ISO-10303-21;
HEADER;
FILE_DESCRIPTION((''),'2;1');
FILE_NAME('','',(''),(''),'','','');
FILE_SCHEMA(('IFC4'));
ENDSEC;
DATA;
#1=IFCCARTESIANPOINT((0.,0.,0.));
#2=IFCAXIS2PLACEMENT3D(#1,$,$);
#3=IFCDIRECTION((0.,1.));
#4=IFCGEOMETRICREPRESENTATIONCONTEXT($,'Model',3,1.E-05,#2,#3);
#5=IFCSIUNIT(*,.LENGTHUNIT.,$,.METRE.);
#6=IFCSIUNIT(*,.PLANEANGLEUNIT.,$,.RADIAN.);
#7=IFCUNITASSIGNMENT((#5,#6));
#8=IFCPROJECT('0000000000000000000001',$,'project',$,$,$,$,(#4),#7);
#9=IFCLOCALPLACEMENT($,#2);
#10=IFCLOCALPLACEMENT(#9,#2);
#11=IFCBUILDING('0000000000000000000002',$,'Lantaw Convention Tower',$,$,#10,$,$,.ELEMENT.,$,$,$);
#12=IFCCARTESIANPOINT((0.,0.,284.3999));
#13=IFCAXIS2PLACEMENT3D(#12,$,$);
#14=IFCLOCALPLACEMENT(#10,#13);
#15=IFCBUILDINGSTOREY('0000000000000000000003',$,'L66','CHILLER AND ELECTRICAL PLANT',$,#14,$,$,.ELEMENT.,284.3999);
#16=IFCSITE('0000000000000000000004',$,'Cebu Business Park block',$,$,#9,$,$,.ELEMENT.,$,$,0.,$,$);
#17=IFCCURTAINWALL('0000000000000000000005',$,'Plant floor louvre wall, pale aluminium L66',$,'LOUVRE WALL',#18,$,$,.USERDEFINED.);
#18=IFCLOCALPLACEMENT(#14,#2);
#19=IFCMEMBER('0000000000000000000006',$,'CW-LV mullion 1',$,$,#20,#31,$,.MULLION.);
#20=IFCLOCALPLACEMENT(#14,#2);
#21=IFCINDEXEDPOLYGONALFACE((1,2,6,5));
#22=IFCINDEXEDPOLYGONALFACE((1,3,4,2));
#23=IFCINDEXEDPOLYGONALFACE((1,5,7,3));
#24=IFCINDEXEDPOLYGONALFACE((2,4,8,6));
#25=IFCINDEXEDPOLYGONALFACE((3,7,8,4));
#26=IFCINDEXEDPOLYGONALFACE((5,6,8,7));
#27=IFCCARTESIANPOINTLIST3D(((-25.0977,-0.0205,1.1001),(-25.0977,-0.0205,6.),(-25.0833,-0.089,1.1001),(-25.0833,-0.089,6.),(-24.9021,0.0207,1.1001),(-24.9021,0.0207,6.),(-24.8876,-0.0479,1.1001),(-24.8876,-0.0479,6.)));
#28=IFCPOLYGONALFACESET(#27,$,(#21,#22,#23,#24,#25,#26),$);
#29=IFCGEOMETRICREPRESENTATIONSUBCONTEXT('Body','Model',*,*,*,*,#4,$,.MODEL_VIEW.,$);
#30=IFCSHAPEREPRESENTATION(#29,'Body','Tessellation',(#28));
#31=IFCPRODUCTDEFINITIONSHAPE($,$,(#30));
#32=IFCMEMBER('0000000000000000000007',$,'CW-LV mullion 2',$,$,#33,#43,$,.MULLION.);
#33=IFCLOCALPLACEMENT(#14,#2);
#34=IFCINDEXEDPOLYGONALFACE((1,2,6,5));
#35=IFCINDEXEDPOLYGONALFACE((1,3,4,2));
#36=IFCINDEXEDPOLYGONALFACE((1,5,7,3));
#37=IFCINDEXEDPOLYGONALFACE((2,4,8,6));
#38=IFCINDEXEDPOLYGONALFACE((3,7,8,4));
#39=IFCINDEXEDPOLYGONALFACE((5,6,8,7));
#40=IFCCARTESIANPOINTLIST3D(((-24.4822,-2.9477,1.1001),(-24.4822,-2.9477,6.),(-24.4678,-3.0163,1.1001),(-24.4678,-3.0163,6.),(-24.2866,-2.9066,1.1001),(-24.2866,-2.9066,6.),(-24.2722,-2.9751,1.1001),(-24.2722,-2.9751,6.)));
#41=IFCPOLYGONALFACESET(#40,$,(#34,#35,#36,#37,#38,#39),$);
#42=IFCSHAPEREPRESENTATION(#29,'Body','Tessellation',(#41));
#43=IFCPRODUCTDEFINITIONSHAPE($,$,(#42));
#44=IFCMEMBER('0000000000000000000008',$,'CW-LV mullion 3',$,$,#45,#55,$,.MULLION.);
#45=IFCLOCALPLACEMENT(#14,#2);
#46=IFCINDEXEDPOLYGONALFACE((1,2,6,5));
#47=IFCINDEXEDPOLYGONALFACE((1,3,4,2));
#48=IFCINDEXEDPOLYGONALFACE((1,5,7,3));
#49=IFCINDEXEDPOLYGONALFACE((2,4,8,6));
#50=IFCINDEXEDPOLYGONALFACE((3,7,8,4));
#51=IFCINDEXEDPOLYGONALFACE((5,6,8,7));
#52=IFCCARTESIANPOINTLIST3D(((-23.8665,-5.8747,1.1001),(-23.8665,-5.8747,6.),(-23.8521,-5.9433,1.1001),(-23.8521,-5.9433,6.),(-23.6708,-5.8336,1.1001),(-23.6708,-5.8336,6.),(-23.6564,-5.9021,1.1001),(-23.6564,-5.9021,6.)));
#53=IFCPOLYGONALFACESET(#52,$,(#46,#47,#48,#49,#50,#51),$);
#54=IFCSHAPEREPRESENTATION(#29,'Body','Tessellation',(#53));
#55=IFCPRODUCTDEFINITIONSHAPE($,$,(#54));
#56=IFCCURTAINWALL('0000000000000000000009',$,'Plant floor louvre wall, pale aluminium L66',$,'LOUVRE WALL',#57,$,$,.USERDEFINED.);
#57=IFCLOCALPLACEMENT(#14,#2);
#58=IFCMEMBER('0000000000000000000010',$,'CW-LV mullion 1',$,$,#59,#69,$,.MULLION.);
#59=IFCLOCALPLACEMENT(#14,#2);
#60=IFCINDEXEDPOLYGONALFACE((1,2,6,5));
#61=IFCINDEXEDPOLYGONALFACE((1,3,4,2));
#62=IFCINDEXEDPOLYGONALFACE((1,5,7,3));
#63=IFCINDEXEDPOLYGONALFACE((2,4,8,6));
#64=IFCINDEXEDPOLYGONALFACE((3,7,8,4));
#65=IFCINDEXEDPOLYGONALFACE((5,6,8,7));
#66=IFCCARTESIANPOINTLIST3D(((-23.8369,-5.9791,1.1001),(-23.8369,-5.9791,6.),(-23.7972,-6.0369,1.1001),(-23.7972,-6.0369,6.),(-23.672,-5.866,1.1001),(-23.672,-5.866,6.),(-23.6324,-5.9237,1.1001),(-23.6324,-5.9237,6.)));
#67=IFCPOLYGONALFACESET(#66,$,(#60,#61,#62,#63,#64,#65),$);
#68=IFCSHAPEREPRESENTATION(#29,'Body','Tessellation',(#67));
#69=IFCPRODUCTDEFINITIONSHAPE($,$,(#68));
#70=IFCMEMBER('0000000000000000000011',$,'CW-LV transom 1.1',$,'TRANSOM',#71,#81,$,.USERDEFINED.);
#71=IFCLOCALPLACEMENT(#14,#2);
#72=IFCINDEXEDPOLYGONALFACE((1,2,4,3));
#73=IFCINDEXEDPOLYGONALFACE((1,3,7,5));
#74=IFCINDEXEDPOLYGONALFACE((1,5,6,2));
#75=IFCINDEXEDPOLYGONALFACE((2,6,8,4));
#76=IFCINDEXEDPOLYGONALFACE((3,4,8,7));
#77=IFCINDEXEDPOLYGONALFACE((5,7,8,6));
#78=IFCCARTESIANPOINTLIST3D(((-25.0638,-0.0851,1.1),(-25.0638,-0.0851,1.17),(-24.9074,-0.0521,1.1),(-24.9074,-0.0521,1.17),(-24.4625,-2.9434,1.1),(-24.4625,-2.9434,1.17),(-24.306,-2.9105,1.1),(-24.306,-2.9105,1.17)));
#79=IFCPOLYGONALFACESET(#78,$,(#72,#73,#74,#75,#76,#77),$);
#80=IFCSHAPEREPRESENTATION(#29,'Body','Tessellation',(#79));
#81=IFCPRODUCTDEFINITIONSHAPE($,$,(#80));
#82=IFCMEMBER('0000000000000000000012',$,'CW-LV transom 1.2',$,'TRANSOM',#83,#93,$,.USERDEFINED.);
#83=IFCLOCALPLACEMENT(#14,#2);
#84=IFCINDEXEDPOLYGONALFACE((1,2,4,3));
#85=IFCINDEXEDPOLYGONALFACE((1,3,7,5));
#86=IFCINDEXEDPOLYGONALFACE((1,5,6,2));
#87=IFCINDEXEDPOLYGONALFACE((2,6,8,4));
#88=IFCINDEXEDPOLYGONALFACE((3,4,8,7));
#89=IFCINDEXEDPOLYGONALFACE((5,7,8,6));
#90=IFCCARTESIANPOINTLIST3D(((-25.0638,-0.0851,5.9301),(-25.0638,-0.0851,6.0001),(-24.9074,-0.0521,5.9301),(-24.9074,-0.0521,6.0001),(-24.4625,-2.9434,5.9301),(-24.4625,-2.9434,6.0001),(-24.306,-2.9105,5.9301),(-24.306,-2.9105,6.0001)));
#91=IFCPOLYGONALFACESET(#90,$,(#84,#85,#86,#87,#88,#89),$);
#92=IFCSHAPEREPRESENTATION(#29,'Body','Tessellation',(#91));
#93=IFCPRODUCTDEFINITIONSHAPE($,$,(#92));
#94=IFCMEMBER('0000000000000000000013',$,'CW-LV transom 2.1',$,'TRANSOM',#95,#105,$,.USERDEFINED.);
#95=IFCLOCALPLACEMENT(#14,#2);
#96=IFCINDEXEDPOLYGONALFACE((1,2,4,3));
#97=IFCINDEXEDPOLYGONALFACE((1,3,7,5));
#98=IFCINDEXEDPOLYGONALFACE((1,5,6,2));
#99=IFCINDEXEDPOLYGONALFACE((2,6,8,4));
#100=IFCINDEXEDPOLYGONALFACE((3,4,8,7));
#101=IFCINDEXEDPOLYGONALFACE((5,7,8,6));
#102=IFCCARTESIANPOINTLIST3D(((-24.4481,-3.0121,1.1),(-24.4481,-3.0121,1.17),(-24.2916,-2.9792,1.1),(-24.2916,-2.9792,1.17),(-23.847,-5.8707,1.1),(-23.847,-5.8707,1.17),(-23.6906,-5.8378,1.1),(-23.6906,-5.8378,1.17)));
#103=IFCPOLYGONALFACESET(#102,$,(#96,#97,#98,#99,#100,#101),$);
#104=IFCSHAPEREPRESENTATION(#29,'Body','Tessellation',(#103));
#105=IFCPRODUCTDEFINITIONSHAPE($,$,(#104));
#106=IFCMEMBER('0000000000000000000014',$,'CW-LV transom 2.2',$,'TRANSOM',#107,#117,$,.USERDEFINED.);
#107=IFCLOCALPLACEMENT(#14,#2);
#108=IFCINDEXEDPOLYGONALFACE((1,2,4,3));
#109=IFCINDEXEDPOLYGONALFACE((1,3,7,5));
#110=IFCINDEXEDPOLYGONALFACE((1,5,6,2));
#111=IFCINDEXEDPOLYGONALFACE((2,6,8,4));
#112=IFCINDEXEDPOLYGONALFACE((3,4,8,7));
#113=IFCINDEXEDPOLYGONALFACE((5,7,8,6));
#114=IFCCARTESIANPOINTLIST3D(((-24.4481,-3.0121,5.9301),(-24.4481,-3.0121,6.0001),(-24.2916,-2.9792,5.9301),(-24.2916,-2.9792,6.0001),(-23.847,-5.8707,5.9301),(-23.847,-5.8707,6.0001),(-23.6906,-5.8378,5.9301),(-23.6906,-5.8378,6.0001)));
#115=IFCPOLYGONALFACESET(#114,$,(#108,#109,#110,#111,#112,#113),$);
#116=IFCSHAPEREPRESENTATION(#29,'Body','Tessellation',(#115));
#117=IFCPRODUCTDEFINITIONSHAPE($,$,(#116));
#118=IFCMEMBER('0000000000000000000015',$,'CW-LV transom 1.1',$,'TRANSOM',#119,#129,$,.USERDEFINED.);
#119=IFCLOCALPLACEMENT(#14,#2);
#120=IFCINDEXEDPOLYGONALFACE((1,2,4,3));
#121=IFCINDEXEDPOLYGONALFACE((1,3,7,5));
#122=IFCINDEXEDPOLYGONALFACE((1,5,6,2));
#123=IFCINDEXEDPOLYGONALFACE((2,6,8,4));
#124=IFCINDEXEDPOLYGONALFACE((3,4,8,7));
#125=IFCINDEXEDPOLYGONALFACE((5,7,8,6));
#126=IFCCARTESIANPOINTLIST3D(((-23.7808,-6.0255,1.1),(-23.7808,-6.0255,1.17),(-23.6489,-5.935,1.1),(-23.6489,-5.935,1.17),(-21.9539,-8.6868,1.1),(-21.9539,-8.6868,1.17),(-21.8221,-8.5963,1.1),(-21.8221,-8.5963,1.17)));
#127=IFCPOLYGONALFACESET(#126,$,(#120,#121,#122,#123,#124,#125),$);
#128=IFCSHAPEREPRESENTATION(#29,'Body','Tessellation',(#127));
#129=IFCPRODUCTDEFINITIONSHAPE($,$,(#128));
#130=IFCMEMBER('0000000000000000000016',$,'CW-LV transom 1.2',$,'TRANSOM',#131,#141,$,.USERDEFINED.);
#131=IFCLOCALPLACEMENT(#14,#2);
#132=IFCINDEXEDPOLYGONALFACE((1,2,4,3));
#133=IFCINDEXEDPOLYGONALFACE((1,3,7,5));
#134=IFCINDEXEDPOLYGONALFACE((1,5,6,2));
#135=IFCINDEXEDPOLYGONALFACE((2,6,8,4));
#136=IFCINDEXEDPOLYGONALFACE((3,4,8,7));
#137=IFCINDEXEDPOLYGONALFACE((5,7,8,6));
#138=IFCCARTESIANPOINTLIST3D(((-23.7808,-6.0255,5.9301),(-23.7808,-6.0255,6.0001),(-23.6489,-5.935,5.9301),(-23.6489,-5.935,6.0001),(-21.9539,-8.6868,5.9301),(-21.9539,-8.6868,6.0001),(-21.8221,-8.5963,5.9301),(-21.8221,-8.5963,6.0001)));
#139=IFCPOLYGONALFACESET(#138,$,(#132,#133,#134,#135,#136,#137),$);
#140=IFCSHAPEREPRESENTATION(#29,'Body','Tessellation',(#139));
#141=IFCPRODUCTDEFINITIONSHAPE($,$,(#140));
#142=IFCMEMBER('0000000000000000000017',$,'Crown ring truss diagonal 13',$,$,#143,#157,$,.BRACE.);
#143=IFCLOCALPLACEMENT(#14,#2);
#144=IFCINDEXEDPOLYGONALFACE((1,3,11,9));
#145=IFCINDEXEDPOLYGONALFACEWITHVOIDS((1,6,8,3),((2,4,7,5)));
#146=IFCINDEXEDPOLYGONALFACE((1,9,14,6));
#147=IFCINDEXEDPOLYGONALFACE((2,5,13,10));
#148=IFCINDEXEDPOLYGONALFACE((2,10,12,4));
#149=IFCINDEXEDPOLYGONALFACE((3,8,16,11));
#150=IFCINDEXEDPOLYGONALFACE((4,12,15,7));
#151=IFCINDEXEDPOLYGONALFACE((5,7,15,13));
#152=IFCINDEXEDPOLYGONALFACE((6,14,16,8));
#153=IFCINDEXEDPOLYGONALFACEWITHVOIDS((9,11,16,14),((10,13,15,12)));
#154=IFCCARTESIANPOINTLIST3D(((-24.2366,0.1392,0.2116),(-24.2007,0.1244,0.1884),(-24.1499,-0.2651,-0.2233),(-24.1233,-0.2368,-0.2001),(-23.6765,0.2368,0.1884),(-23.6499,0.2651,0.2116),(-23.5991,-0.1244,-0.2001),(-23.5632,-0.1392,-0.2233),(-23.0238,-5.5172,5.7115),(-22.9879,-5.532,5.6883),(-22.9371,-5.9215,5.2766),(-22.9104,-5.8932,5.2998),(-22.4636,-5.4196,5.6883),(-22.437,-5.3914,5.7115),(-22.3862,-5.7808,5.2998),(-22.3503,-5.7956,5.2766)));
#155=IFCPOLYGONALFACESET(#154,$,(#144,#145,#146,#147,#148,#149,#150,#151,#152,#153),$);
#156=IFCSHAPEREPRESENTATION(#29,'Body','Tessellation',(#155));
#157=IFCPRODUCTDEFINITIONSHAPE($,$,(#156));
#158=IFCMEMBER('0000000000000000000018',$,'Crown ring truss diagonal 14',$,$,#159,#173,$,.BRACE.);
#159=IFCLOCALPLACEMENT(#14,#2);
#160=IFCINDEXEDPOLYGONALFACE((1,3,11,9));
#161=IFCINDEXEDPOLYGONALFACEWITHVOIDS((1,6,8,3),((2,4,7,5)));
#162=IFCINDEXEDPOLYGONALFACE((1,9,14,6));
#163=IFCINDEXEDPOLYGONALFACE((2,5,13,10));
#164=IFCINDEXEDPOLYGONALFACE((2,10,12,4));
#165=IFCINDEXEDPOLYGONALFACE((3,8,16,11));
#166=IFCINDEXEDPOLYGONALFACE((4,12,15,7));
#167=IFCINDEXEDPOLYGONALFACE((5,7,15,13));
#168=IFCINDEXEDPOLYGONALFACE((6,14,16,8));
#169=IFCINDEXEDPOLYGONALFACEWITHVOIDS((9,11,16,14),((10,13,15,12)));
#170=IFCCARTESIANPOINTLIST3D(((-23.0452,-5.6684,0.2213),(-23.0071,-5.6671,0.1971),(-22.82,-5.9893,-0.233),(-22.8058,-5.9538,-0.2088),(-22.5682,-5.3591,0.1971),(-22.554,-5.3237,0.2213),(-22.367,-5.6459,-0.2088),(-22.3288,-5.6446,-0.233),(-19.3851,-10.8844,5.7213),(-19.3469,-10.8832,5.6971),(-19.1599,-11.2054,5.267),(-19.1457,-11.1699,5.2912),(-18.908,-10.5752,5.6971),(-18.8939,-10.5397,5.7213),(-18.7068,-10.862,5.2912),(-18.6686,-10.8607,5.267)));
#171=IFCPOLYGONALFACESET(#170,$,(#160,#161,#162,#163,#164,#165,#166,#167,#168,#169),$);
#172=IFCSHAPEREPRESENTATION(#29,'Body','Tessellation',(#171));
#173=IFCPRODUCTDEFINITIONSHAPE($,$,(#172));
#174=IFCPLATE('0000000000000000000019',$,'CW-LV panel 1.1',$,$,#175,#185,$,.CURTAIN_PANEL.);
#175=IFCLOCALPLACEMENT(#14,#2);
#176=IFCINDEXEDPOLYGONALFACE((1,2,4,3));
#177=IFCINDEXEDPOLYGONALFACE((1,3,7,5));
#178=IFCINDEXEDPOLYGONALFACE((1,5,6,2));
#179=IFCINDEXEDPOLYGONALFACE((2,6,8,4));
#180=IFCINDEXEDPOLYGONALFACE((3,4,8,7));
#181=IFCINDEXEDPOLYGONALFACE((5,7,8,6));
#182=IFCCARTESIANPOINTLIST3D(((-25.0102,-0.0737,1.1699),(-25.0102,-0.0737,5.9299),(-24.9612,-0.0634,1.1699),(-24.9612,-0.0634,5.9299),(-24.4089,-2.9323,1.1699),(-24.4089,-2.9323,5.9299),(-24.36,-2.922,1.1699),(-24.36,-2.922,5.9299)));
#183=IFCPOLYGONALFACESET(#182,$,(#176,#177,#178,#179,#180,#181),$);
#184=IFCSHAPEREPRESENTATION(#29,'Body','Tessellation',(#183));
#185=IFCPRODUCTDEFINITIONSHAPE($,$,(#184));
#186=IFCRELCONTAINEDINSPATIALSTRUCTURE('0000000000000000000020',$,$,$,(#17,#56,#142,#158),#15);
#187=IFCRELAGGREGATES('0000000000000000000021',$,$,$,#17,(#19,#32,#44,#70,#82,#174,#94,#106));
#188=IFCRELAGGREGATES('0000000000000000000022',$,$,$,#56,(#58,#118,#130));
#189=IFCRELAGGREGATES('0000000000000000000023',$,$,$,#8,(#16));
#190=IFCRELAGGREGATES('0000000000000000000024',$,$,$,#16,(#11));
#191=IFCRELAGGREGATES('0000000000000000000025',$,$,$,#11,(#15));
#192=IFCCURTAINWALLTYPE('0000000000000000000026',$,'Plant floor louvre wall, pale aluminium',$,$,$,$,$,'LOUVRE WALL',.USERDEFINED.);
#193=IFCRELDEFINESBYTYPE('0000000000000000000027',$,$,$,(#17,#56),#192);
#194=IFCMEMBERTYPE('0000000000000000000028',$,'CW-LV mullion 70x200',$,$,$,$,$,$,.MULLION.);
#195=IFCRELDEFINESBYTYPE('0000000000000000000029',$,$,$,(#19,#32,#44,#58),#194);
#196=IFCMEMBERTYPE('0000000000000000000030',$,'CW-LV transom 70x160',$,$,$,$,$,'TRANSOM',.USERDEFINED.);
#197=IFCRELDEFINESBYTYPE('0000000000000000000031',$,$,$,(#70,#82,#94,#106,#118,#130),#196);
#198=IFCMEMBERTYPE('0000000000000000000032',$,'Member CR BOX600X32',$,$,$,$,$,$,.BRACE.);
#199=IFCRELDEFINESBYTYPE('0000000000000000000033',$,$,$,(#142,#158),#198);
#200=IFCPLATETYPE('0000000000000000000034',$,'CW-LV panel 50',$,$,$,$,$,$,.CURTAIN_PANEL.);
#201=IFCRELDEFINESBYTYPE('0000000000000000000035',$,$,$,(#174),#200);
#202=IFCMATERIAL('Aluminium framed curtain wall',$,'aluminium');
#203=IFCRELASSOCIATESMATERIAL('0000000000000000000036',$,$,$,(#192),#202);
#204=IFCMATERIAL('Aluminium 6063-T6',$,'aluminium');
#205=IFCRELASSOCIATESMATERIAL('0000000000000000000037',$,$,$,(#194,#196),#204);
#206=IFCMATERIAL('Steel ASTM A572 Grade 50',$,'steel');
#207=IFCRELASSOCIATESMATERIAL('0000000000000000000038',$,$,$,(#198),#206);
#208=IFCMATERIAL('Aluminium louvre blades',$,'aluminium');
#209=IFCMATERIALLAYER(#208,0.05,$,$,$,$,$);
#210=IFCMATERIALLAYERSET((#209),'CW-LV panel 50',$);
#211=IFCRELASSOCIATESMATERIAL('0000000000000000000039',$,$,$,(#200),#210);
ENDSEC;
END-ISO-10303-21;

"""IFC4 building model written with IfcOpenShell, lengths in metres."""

from ifc_helpers import new_model, si_unit, direction, frame, origin, origin_2d, place, context, subcontext, project, spatial, rectangle, hollow_rectangle, extrude, material, layer, layer_set, material_profile, profile_set, type_object, element, aggregate, save


model = new_model("IFC4")

# Units and contexts
model_context = context("Model", 3, precision=1e-05, world=origin(), true_north=direction((0.0, 1.0)))
body_context = subcontext(model_context, "Body", "Model", "MODEL_VIEW")
ifc_project = project(units=[si_unit("LENGTHUNIT", "METRE"), si_unit("PLANEANGLEUNIT", "RADIAN")], contexts=[model_context])

# Site, building, storey
site_placement = place(None, origin())
site = spatial("IfcSite", under=ifc_project, at=site_placement, Name="Cebu Business Park block", CompositionType="ELEMENT", RefElevation=0.0)
building_placement = place(site_placement, origin())
building = spatial("IfcBuilding", under=site, at=building_placement, Name="Lantaw Convention Tower", CompositionType="ELEMENT")
storey_placement = place(building_placement, frame((0.0, 0.0, 284.3999)))
storey = spatial("IfcBuildingStorey", under=building, at=storey_placement, Name="L66", Description="CHILLER AND ELECTRICAL PLANT", CompositionType="ELEMENT", Elevation=284.3999)

# Shared definitions
ifc_material_1 = material(Name="Steel ASTM A572 Grade 50", Category="steel")

# Curtain wall, members
ifc_material_2 = material(Name="Aluminium framed curtain wall", Category="aluminium")
curtain_wall_type = type_object("IfcCurtainWallType", Name="Plant floor louvre wall, pale aluminium", ElementType="LOUVRE WALL", PredefinedType="USERDEFINED", material=ifc_material_2)
curtain_wall_1_placement = place(storey_placement, origin())
curtain_wall_1 = element("IfcCurtainWall", 1, at=curtain_wall_1_placement, inside=storey, type_object=curtain_wall_type, Name="Plant floor louvre wall, pale aluminium L66", ObjectType="LOUVRE WALL", PredefinedType="USERDEFINED")
ifc_material_3 = material(Name="Aluminium 6063-T6", Category="aluminium")
ifc_material_profile_1 = material_profile(ifc_material_3, rectangle(XDim=0.2, YDim=0.0701, at=origin_2d()), Name="CW-LV mullion 70x200")
ifc_profile_set_1 = profile_set([ifc_material_profile_1], Name="Aluminium 6063-T6")
member_type_1 = type_object("IfcMemberType", Name="CW-LV mullion 70x200", PredefinedType="MULLION", material=ifc_profile_set_1)
member_1_placement = place(storey_placement, frame((-24.9927, -0.0342, 1.1001), z_axis=(0.0, 0.0, 1.0), x_axis=(0.978591, 0.205814, 0.0)))
member_1 = element("IfcMember", 2, at=member_1_placement, type_object=member_type_1, Name="CW-LV mullion 1", PredefinedType="MULLION", context=body_context, shape_type="SweptSolid", body=[
    extrude(rectangle(XDim=0.2, YDim=0.0701, at=origin_2d()), origin(), (0.0, 0.0, 1.0), 4.8999),
])
member_2_placement = place(storey_placement, frame((-24.3772, -2.9614, 1.1001), z_axis=(0.0, 0.0, 1.0), x_axis=(0.978591, 0.205814, 0.0)))
member_2 = element("IfcMember", 3, at=member_2_placement, type_object=member_type_1, Name="CW-LV mullion 2", PredefinedType="MULLION", context=body_context, shape_type="SweptSolid", body=[
    extrude(rectangle(XDim=0.2, YDim=0.0701, at=origin_2d()), origin(), (0.0, 0.0, 1.0), 4.8999),
])
member_3_placement = place(storey_placement, frame((-23.7615, -5.8884, 1.1001), z_axis=(0.0, 0.0, 1.0), x_axis=(0.978591, 0.205814, 0.0)))
member_3 = element("IfcMember", 4, at=member_3_placement, type_object=member_type_1, Name="CW-LV mullion 3", PredefinedType="MULLION", context=body_context, shape_type="SweptSolid", body=[
    extrude(rectangle(XDim=0.2, YDim=0.0701, at=origin_2d()), origin(), (0.0, 0.0, 1.0), 4.8999),
])

# Curtain wall, member
curtain_wall_2_placement = place(storey_placement, origin())
curtain_wall_2 = element("IfcCurtainWall", 5, at=curtain_wall_2_placement, inside=storey, type_object=curtain_wall_type, Name="Plant floor louvre wall, pale aluminium L66", ObjectType="LOUVRE WALL", PredefinedType="USERDEFINED")
member_4_placement = place(storey_placement, frame((-23.7346, -5.9514, 1.1001), z_axis=(0.0, 0.0, 1.0), x_axis=(0.82445, 0.565935, 0.0)))
member_4 = element("IfcMember", 6, at=member_4_placement, type_object=member_type_1, Name="CW-LV mullion 1", PredefinedType="MULLION", context=body_context, shape_type="SweptSolid", body=[
    extrude(rectangle(XDim=0.2, YDim=0.0701, at=origin_2d()), origin(), (0.0, 0.0, 1.0), 4.8999),
])

# Members
ifc_material_profile_2 = material_profile(ifc_material_3, rectangle(XDim=0.1599, YDim=0.0701, at=origin_2d()), Name="CW-LV transom 70x160")
ifc_profile_set_2 = profile_set([ifc_material_profile_2], Name="Aluminium 6063-T6")
member_type_2 = type_object("IfcMemberType", Name="CW-LV transom 70x160", ElementType="TRANSOM", PredefinedType="USERDEFINED", material=ifc_profile_set_2)
member_5_placement = place(storey_placement, frame((-24.9856, -0.0686, 1.135), z_axis=(0.205863, -0.978581, 0.0), x_axis=(0.978581, 0.205863, 0.0)))
member_5 = element("IfcMember", 7, at=member_5_placement, type_object=member_type_2, Name="CW-LV transom 1.1", ObjectType="TRANSOM", PredefinedType="USERDEFINED", context=body_context, shape_type="SweptSolid", body=[
    extrude(rectangle(XDim=0.1599, YDim=0.0701, at=origin_2d()), origin(), (0.0, 0.0, 1.0), 2.9209),
])
member_6_placement = place(storey_placement, frame((-24.9856, -0.0686, 5.9651), z_axis=(0.205863, -0.978581, 0.0), x_axis=(0.978581, 0.205863, 0.0)))
member_6 = element("IfcMember", 8, at=member_6_placement, type_object=member_type_2, Name="CW-LV transom 1.2", ObjectType="TRANSOM", PredefinedType="USERDEFINED", context=body_context, shape_type="SweptSolid", body=[
    extrude(rectangle(XDim=0.1599, YDim=0.0701, at=origin_2d()), origin(), (0.0, 0.0, 1.0), 2.9209),
])
member_7_placement = place(storey_placement, frame((-24.3699, -2.9956, 1.135), z_axis=(0.205766, -0.978601, 0.0), x_axis=(0.978601, 0.205766, 0.0)))
member_7 = element("IfcMember", 9, at=member_7_placement, type_object=member_type_2, Name="CW-LV transom 2.1", ObjectType="TRANSOM", PredefinedType="USERDEFINED", context=body_context, shape_type="SweptSolid", body=[
    extrude(rectangle(XDim=0.1599, YDim=0.0701, at=origin_2d()), origin(), (0.0, 0.0, 1.0), 2.9211),
])
member_8_placement = place(storey_placement, frame((-24.3699, -2.9956, 5.9651), z_axis=(0.205766, -0.978601, 0.0), x_axis=(0.978601, 0.205766, 0.0)))
member_8 = element("IfcMember", 10, at=member_8_placement, type_object=member_type_2, Name="CW-LV transom 2.2", ObjectType="TRANSOM", PredefinedType="USERDEFINED", context=body_context, shape_type="SweptSolid", body=[
    extrude(rectangle(XDim=0.1599, YDim=0.0701, at=origin_2d()), origin(), (0.0, 0.0, 1.0), 2.9211),
])
member_9_placement = place(storey_placement, frame((-23.7148, -5.9802, 1.135), z_axis=(0.565941, -0.824446, 0.0), x_axis=(0.824446, 0.565941, 0.0)))
member_9 = element("IfcMember", 11, at=member_9_placement, type_object=member_type_2, Name="CW-LV transom 1.1", ObjectType="TRANSOM", PredefinedType="USERDEFINED", context=body_context, shape_type="SweptSolid", body=[
    extrude(rectangle(XDim=0.1599, YDim=0.0701, at=origin_2d()), origin(), (0.0, 0.0, 1.0), 3.228),
])
member_10_placement = place(storey_placement, frame((-23.7148, -5.9802, 5.9651), z_axis=(0.565941, -0.824446, 0.0), x_axis=(0.824446, 0.565941, 0.0)))
member_10 = element("IfcMember", 12, at=member_10_placement, type_object=member_type_2, Name="CW-LV transom 1.2", ObjectType="TRANSOM", PredefinedType="USERDEFINED", context=body_context, shape_type="SweptSolid", body=[
    extrude(rectangle(XDim=0.1599, YDim=0.0701, at=origin_2d()), origin(), (0.0, 0.0, 1.0), 3.228),
])

# Members
ifc_material_profile_3 = material_profile(ifc_material_1, hollow_rectangle(XDim=0.6001, YDim=0.6001, WallThickness=0.032, at=origin_2d()), Name="BOX600X32")
ifc_profile_set_3 = profile_set([ifc_material_profile_3], Name="Steel ASTM A572 Grade 50")
member_type_3 = type_object("IfcMemberType", Name="Member CR BOX600X32", PredefinedType="BRACE", material=ifc_profile_set_3)
member_11_placement = place(storey_placement, frame((-23.8999, 0.0, -0.0059), z_axis=(0.151948, -0.70863, 0.689025), x_axis=(0.977775, 0.209659, 0.0)))
element("IfcMember", 13, at=member_11_placement, inside=storey, type_object=member_type_3, Name="Crown ring truss diagonal 13", PredefinedType="BRACE", context=body_context, shape_type="SweptSolid", body=[
    extrude(hollow_rectangle(XDim=0.6001, YDim=0.6001, WallThickness=0.032, at=origin_2d()), origin(), (0.0, 0.0, 1.0), 7.9822),
])
member_12_placement = place(storey_placement, frame((-22.687, -5.6565, -0.0059), z_axis=(0.434828, -0.61967, 0.653402), x_axis=(0.818574, 0.574401, 0.0)))
element("IfcMember", 14, at=member_12_placement, inside=storey, type_object=member_type_3, Name="Crown ring truss diagonal 14", PredefinedType="BRACE", context=body_context, shape_type="SweptSolid", body=[
    extrude(hollow_rectangle(XDim=0.6001, YDim=0.6001, WallThickness=0.032, at=origin_2d()), origin(), (0.0, 0.0, 1.0), 8.4175),
])

# Plate
ifc_material_4 = material(Name="Aluminium louvre blades", Category="aluminium")
ifc_layer_1 = layer(ifc_material_4, 0.05)
ifc_layer_set_1 = layer_set([ifc_layer_1], Name="CW-LV panel 50")
plate_type = type_object("IfcPlateType", Name="CW-LV panel 50", PredefinedType="CURTAIN_PANEL", material=ifc_layer_set_1)
plate_1_placement = place(storey_placement, frame((-24.6851, -1.4978, 1.1699), z_axis=(0.0, 0.0, 1.0), x_axis=(0.205814, -0.978591, 0.0)))
plate_1 = element("IfcPlate", 15, at=plate_1_placement, type_object=plate_type, Name="CW-LV panel 1.1", PredefinedType="CURTAIN_PANEL", context=body_context, shape_type="SweptSolid", body=[
    extrude(rectangle(XDim=2.9211, YDim=0.05, at=origin_2d()), origin(), (0.0, 0.0, 1.0), 4.76),
])
aggregate(curtain_wall_1, [member_1, member_2, member_3, member_5, member_6, plate_1, member_7, member_8])
aggregate(curtain_wall_2, [member_4, member_9, member_10])

save(model, "model.ifc")
